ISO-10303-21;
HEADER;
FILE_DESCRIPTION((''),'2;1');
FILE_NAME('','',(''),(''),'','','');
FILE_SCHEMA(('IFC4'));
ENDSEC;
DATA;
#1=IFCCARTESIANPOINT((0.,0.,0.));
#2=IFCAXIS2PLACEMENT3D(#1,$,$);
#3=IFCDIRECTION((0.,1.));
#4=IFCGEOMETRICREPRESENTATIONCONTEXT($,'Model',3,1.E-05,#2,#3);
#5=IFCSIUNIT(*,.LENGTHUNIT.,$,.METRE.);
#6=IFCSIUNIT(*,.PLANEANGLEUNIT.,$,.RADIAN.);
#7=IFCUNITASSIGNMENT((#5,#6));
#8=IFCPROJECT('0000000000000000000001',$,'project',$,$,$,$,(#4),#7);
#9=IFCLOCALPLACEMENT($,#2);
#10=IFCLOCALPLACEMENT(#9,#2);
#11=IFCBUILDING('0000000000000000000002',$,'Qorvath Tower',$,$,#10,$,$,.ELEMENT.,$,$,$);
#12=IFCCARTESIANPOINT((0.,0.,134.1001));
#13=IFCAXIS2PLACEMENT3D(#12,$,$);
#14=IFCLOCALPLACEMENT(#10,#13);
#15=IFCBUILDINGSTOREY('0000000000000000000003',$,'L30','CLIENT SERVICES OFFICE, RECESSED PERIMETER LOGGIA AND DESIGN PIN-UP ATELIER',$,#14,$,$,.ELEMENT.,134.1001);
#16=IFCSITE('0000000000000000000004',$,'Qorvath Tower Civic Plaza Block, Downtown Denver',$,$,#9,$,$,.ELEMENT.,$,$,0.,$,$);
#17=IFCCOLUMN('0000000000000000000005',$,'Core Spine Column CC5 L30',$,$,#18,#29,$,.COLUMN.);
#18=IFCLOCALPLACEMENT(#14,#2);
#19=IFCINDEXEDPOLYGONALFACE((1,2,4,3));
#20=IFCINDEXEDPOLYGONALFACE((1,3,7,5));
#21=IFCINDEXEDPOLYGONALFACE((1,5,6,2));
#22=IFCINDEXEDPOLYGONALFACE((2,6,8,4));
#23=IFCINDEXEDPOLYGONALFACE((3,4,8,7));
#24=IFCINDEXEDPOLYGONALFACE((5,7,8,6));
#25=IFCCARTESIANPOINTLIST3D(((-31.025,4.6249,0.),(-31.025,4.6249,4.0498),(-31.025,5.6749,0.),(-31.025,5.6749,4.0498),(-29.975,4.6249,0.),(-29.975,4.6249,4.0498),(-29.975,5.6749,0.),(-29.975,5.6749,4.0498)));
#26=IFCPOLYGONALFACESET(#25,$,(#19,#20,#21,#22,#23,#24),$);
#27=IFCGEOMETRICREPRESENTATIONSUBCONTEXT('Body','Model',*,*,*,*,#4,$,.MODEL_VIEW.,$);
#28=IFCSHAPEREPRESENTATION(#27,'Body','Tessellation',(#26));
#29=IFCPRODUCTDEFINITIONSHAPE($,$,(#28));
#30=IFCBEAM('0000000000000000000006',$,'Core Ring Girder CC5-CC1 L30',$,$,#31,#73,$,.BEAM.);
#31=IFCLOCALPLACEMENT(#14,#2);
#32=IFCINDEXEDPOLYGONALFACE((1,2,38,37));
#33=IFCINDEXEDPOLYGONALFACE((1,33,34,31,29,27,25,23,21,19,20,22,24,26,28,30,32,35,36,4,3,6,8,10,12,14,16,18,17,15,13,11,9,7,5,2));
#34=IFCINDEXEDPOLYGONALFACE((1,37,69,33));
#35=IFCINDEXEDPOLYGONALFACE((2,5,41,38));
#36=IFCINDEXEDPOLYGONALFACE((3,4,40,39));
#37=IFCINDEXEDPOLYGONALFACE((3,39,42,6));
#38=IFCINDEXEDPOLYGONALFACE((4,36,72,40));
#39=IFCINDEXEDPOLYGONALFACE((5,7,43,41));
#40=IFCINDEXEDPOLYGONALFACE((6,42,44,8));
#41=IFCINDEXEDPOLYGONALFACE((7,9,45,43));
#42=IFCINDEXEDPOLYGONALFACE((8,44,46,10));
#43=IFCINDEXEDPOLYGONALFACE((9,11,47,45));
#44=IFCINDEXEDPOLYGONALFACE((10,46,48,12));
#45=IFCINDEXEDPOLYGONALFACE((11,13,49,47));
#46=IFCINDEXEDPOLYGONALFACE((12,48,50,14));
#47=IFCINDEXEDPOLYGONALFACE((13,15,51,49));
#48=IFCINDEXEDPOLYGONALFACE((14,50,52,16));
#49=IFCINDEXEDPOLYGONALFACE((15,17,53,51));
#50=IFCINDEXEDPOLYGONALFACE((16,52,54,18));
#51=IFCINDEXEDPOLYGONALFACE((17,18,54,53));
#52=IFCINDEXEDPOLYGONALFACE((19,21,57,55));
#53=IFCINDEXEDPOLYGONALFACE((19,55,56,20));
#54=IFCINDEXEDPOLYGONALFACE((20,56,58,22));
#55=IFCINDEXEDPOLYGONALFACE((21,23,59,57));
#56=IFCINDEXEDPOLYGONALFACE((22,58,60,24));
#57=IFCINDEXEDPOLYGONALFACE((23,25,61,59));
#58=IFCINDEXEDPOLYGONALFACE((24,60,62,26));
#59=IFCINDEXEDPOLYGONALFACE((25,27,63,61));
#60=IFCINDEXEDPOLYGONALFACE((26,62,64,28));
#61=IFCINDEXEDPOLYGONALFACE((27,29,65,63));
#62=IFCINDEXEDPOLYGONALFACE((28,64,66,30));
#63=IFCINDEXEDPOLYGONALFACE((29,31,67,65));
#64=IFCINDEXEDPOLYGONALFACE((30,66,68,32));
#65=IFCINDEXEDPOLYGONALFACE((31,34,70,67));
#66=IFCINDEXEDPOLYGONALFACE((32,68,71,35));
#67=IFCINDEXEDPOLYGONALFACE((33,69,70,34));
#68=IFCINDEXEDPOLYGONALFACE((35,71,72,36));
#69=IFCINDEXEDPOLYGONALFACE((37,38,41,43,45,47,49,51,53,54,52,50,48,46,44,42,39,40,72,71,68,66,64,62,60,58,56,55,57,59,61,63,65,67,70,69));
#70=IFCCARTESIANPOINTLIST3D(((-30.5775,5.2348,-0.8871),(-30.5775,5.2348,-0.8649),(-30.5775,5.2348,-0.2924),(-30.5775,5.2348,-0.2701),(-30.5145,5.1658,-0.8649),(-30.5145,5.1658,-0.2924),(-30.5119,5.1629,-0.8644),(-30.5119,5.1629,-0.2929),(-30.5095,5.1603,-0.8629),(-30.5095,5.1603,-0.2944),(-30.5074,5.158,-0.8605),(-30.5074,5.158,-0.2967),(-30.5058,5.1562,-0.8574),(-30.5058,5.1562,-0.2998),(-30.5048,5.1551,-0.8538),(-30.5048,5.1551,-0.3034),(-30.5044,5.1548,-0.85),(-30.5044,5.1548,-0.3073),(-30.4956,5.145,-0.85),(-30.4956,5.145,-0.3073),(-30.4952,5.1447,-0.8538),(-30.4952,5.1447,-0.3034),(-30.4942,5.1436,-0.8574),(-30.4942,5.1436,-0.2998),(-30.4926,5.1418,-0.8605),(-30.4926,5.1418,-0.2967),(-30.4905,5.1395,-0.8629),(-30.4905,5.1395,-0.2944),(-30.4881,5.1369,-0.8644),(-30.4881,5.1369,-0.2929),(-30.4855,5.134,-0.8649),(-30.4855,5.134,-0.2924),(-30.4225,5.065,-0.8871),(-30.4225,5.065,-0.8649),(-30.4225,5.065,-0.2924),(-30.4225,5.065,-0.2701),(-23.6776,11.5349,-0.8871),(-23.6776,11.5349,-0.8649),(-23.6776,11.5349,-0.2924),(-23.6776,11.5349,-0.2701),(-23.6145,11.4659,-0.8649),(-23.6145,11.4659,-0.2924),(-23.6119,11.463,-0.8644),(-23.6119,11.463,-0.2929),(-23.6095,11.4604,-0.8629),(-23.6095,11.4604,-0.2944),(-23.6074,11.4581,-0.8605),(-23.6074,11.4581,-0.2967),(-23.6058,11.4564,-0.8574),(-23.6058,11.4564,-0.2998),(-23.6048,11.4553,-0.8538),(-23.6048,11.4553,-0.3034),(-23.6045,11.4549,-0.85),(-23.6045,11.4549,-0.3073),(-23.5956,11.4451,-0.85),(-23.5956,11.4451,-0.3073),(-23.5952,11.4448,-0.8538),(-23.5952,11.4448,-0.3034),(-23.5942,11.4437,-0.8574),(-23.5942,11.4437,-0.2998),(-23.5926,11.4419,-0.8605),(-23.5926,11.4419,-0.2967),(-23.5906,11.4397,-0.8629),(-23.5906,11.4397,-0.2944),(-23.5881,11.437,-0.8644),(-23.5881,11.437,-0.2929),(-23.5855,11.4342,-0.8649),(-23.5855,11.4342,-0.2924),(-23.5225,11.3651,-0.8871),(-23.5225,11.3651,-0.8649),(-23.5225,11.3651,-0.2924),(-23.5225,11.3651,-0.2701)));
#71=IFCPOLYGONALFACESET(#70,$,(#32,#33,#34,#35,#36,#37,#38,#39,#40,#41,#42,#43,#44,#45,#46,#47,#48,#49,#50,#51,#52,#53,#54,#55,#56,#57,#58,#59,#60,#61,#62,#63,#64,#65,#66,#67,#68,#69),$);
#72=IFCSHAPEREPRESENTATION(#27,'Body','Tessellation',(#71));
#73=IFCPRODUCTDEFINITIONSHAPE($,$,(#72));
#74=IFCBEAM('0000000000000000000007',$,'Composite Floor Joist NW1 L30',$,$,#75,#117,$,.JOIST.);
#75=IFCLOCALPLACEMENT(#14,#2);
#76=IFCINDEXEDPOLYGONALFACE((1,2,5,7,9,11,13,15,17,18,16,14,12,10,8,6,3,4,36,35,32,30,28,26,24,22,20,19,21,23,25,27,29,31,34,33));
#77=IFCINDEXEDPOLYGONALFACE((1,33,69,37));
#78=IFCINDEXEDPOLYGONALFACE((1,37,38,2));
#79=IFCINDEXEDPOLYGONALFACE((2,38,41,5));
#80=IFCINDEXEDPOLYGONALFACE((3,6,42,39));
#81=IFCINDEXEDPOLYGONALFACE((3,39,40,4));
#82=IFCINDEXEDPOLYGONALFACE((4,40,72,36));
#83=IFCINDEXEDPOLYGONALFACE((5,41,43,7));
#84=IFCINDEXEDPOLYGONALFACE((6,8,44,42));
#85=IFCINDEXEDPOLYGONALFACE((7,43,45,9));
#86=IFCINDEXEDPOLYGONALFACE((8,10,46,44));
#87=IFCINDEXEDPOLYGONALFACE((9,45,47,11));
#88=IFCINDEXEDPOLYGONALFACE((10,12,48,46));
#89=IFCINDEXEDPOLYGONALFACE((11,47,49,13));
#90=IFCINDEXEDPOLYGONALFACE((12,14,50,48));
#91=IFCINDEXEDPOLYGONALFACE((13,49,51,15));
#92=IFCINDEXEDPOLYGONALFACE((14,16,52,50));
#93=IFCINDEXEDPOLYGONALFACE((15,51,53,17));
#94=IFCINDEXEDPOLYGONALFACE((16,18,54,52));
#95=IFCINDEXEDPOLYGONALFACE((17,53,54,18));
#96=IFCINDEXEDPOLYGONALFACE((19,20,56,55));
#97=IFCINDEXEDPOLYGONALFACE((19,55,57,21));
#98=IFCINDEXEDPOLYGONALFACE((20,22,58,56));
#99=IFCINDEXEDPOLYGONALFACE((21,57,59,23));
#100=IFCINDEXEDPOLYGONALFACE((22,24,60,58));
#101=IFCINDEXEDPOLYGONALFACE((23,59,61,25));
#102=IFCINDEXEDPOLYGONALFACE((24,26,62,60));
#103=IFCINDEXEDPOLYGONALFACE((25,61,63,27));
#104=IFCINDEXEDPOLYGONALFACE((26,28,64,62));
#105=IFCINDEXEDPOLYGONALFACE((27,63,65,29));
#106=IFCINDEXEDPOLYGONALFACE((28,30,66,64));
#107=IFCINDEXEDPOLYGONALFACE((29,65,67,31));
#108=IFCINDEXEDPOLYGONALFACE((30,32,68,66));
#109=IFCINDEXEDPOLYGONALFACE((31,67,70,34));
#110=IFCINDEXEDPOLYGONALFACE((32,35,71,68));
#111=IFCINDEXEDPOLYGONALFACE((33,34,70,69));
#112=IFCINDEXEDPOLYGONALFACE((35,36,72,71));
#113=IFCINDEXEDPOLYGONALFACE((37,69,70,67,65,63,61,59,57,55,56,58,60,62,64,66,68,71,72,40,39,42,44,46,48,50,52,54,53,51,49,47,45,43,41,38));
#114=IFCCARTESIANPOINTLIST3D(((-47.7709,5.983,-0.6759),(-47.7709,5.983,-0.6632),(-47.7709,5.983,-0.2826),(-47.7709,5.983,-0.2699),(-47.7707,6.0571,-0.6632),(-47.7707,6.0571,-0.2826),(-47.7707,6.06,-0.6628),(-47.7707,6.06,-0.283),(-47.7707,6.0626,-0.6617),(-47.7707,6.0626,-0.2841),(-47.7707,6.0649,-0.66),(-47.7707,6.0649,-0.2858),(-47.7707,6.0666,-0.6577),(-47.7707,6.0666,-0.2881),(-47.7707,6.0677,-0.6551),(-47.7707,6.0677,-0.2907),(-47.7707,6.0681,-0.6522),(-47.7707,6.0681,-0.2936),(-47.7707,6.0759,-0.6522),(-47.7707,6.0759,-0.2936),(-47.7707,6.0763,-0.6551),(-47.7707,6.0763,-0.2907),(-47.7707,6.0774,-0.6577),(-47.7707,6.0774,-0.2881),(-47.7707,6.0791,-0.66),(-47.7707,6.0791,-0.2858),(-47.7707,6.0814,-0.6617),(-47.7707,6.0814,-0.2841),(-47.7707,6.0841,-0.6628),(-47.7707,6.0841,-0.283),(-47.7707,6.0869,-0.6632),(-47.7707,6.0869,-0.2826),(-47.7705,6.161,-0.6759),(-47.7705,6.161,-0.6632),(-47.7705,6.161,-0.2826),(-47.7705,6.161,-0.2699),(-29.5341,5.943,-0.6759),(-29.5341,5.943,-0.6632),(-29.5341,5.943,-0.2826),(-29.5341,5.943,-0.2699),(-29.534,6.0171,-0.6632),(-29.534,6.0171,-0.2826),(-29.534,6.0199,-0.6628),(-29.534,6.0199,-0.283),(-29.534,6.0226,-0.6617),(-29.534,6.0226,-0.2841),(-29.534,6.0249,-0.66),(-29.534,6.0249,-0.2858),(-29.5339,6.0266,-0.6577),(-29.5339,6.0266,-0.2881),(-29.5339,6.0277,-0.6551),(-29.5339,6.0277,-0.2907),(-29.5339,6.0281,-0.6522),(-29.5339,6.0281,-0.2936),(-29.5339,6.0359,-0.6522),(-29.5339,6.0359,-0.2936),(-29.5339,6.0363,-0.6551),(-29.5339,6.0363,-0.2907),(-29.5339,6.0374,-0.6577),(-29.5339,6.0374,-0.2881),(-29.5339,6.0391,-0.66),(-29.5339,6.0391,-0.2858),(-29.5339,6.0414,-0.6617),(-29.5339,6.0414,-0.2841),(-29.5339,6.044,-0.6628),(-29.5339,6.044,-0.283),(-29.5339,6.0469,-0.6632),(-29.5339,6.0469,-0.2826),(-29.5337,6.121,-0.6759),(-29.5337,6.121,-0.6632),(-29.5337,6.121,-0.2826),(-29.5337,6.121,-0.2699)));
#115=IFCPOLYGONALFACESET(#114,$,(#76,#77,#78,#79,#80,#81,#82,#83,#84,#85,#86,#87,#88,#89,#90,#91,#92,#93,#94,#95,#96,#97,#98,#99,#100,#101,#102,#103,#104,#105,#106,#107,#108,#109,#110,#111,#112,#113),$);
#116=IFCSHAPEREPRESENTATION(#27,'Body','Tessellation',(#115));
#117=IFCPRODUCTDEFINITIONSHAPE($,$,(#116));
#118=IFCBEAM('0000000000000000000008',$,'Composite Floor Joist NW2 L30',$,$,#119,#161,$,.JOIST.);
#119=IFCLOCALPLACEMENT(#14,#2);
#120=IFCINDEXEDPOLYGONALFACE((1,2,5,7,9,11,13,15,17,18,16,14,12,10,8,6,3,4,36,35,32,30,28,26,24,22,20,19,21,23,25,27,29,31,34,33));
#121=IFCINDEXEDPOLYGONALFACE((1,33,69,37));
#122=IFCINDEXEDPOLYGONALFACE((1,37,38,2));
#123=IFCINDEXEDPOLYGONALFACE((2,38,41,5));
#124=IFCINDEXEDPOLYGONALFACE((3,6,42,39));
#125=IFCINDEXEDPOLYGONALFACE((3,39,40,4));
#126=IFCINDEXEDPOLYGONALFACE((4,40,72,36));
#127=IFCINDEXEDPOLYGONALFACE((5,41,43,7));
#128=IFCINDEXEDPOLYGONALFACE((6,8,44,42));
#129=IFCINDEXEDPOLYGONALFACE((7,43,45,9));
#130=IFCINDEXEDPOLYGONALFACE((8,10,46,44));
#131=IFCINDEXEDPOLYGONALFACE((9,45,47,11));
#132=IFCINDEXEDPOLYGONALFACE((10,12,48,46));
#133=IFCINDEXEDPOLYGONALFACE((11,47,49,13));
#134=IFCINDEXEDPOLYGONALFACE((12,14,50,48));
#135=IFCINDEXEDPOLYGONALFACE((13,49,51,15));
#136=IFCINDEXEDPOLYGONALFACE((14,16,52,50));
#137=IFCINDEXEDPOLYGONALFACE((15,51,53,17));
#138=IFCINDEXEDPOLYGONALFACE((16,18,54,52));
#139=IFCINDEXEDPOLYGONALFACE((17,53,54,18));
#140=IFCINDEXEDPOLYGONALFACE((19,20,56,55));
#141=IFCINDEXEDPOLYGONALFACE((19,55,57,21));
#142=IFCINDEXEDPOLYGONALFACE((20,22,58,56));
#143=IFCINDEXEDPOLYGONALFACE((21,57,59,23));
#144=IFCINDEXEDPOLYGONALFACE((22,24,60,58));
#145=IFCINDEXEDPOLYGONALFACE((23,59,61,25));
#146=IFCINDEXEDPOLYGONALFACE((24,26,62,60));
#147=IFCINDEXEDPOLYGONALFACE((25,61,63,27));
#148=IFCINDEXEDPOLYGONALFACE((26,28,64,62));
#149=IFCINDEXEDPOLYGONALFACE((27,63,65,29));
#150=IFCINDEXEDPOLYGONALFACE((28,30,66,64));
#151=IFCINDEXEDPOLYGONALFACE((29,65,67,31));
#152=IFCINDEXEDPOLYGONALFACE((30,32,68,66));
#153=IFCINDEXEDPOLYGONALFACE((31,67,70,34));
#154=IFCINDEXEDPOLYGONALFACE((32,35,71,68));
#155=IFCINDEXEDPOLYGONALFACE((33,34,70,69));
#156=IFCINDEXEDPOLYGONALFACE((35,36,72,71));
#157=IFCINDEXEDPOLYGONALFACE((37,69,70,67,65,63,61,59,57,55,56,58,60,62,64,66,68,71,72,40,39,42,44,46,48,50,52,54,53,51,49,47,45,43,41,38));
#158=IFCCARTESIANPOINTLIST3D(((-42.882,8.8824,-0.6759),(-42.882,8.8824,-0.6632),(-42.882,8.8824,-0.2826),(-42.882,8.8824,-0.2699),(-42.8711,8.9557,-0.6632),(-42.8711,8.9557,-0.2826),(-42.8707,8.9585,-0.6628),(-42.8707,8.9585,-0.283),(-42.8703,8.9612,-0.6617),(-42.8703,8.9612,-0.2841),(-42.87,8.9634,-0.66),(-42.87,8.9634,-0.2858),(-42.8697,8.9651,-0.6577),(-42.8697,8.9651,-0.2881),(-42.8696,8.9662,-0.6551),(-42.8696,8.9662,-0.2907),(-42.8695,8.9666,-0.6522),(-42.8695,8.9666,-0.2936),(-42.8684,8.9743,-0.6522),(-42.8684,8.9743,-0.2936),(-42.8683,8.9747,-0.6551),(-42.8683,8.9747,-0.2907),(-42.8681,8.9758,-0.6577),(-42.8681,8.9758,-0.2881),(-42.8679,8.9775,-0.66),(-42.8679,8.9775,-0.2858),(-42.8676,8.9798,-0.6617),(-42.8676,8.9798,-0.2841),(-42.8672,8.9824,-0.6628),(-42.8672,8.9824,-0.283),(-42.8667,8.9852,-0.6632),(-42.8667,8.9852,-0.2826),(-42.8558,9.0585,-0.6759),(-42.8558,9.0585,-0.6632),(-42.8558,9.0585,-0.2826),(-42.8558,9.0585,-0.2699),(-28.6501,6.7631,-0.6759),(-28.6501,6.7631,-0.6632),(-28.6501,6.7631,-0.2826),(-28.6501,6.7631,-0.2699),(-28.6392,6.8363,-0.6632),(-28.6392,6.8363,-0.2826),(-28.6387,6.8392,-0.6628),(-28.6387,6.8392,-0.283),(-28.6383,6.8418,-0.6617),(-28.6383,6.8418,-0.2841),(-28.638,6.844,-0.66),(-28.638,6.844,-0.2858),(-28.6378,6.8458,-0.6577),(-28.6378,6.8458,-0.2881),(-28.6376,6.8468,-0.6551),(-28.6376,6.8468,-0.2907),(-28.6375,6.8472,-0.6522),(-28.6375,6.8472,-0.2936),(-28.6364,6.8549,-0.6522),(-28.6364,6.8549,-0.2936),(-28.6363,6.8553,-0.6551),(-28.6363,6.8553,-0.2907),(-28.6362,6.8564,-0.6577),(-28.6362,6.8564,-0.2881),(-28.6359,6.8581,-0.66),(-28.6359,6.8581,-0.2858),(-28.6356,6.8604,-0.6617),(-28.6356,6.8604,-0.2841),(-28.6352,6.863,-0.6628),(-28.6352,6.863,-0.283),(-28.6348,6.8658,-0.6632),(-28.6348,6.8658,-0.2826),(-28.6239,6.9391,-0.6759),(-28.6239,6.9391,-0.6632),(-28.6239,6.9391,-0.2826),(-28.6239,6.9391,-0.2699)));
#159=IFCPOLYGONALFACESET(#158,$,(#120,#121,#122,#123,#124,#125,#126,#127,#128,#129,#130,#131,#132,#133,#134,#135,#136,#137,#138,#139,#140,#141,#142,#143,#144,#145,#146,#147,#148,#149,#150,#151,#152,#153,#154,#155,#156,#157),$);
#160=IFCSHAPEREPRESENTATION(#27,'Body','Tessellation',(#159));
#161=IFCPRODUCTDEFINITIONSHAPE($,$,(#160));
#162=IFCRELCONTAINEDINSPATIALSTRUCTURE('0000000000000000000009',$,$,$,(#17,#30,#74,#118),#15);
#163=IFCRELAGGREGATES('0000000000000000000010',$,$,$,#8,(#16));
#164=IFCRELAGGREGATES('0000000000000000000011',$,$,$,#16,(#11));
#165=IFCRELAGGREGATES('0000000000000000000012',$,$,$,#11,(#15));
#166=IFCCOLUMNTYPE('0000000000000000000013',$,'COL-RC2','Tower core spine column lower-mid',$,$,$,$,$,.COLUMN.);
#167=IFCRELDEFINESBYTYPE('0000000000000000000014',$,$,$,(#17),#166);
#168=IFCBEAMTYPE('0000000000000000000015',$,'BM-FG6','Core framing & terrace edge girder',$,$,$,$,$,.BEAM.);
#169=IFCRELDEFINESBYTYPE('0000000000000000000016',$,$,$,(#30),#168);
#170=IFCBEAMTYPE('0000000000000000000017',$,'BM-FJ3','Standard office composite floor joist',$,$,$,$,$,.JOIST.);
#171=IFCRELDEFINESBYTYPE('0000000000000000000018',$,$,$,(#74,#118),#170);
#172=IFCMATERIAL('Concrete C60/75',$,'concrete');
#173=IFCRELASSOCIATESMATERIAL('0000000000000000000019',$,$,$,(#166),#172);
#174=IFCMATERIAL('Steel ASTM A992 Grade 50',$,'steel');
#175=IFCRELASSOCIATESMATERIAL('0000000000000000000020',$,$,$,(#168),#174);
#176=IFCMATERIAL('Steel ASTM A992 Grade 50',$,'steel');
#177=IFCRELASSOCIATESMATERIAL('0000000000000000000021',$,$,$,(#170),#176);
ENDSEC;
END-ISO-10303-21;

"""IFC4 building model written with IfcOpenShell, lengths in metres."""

from ifc_helpers import new_model, si_unit, direction, frame, origin, origin_2d, place, context, subcontext, project, spatial, rectangle, i_section, extrude, material, material_profile, profile_set, type_object, element, save


model = new_model("IFC4")

# Units and contexts
model_context = context("Model", 3, precision=1e-05, world=origin(), true_north=direction((0.0, 1.0)))
body_context = subcontext(model_context, "Body", "Model", "MODEL_VIEW")
ifc_project = project(units=[si_unit("LENGTHUNIT", "METRE"), si_unit("PLANEANGLEUNIT", "RADIAN")], contexts=[model_context])

# Site, building, storey
site_placement = place(None, origin())
site = spatial("IfcSite", under=ifc_project, at=site_placement, Name="Qorvath Tower Civic Plaza Block, Downtown Denver", CompositionType="ELEMENT", RefElevation=0.0)
building_placement = place(site_placement, origin())
building = spatial("IfcBuilding", under=site, at=building_placement, Name="Qorvath Tower", CompositionType="ELEMENT")
storey_placement = place(building_placement, frame((0.0, 0.0, 134.1001)))
storey = spatial("IfcBuildingStorey", under=building, at=storey_placement, Name="L30", Description="CLIENT SERVICES OFFICE, RECESSED PERIMETER LOGGIA AND DESIGN PIN-UP ATELIER", CompositionType="ELEMENT", Elevation=134.1001)

# Column
ifc_material_1 = material(Name="Concrete C60/75", Category="concrete")
ifc_material_profile_1 = material_profile(ifc_material_1, rectangle(XDim=1.05, YDim=1.05, at=origin_2d()), Name="RC 1050x1050")
ifc_profile_set_1 = profile_set([ifc_material_profile_1], Name="Concrete C60/75")
column_type = type_object("IfcColumnType", Name="COL-RC2", Description="Tower core spine column lower-mid", PredefinedType="COLUMN", material=ifc_profile_set_1)
column_placement = place(storey_placement, frame((-30.5, 5.1499, 0.0), z_axis=(0.0, 0.0, 1.0), x_axis=(1.0, 0.0, 0.0)))
element("IfcColumn", 1, at=column_placement, inside=storey, type_object=column_type, Name="Core Spine Column CC5 L30", PredefinedType="COLUMN", context=body_context, shape_type="SweptSolid", body=[
    extrude(rectangle(XDim=1.05, YDim=1.05, at=origin_2d()), origin(), (0.0, 0.0, 1.0), 4.0498),
])

# Beams
ifc_material_2 = material(Name="Steel ASTM A992 Grade 50", Category="steel")
ifc_material_profile_2 = material_profile(ifc_material_2, i_section(OverallWidth=0.23, OverallDepth=0.6169, WebThickness=0.0132, FlangeThickness=0.0222, FilletRadius=0.0149, at=origin_2d()), Name="W24x94")
ifc_profile_set_2 = profile_set([ifc_material_profile_2], Name="Steel ASTM A992 Grade 50")
beam_type_1 = type_object("IfcBeamType", Name="BM-FG6", Description="Core framing & terrace edge girder", PredefinedType="BEAM", material=ifc_profile_set_2)
beam_1_placement = place(storey_placement, frame((-30.5, 5.1499, -0.5786), z_axis=(0.738478, 0.674277, 0.0), x_axis=(-0.674277, 0.738478, 0.0)))
element("IfcBeam", 2, at=beam_1_placement, inside=storey, type_object=beam_type_1, Name="Core Ring Girder CC5-CC1 L30", PredefinedType="BEAM", context=body_context, shape_type="SweptSolid", body=[
    extrude(i_section(OverallWidth=0.23, OverallDepth=0.6169, WebThickness=0.0132, FlangeThickness=0.0222, FilletRadius=0.0149, at=origin_2d()), origin(), (0.0, 0.0, 1.0), 9.3435),
])
ifc_material_3 = material(Name="Steel ASTM A992 Grade 50", Category="steel")
ifc_material_profile_3 = material_profile(ifc_material_3, i_section(OverallWidth=0.178, OverallDepth=0.406, WebThickness=0.0078, FlangeThickness=0.0127, FilletRadius=0.011, at=origin_2d()), Name="W16x40")
ifc_profile_set_3 = profile_set([ifc_material_profile_3], Name="Steel ASTM A992 Grade 50")
beam_type_2 = type_object("IfcBeamType", Name="BM-FJ3", Description="Standard office composite floor joist", PredefinedType="JOIST", material=ifc_profile_set_3)
beam_2_placement = place(storey_placement, frame((-29.5339, 6.032, -0.4729), z_axis=(-0.999998, 0.002196, 0.0), x_axis=(-0.002196, -0.999998, 0.0)))
element("IfcBeam", 3, at=beam_2_placement, inside=storey, type_object=beam_type_2, Name="Composite Floor Joist NW1 L30", PredefinedType="JOIST", context=body_context, shape_type="SweptSolid", body=[
    extrude(i_section(OverallWidth=0.178, OverallDepth=0.406, WebThickness=0.0078, FlangeThickness=0.0127, FilletRadius=0.011, at=origin_2d()), origin(), (0.0, 0.0, 1.0), 18.2368),
])
beam_3_placement = place(storey_placement, frame((-28.637, 6.8511, -0.4729), z_axis=(-0.989093, 0.147293, 0.0), x_axis=(-0.147293, -0.989093, 0.0)))
element("IfcBeam", 4, at=beam_3_placement, inside=storey, type_object=beam_type_2, Name="Composite Floor Joist NW2 L30", PredefinedType="JOIST", context=body_context, shape_type="SweptSolid", body=[
    extrude(i_section(OverallWidth=0.178, OverallDepth=0.406, WebThickness=0.0078, FlangeThickness=0.0127, FilletRadius=0.011, at=origin_2d()), origin(), (0.0, 0.0, 1.0), 14.3889),
])

save(model, "model.ifc")
